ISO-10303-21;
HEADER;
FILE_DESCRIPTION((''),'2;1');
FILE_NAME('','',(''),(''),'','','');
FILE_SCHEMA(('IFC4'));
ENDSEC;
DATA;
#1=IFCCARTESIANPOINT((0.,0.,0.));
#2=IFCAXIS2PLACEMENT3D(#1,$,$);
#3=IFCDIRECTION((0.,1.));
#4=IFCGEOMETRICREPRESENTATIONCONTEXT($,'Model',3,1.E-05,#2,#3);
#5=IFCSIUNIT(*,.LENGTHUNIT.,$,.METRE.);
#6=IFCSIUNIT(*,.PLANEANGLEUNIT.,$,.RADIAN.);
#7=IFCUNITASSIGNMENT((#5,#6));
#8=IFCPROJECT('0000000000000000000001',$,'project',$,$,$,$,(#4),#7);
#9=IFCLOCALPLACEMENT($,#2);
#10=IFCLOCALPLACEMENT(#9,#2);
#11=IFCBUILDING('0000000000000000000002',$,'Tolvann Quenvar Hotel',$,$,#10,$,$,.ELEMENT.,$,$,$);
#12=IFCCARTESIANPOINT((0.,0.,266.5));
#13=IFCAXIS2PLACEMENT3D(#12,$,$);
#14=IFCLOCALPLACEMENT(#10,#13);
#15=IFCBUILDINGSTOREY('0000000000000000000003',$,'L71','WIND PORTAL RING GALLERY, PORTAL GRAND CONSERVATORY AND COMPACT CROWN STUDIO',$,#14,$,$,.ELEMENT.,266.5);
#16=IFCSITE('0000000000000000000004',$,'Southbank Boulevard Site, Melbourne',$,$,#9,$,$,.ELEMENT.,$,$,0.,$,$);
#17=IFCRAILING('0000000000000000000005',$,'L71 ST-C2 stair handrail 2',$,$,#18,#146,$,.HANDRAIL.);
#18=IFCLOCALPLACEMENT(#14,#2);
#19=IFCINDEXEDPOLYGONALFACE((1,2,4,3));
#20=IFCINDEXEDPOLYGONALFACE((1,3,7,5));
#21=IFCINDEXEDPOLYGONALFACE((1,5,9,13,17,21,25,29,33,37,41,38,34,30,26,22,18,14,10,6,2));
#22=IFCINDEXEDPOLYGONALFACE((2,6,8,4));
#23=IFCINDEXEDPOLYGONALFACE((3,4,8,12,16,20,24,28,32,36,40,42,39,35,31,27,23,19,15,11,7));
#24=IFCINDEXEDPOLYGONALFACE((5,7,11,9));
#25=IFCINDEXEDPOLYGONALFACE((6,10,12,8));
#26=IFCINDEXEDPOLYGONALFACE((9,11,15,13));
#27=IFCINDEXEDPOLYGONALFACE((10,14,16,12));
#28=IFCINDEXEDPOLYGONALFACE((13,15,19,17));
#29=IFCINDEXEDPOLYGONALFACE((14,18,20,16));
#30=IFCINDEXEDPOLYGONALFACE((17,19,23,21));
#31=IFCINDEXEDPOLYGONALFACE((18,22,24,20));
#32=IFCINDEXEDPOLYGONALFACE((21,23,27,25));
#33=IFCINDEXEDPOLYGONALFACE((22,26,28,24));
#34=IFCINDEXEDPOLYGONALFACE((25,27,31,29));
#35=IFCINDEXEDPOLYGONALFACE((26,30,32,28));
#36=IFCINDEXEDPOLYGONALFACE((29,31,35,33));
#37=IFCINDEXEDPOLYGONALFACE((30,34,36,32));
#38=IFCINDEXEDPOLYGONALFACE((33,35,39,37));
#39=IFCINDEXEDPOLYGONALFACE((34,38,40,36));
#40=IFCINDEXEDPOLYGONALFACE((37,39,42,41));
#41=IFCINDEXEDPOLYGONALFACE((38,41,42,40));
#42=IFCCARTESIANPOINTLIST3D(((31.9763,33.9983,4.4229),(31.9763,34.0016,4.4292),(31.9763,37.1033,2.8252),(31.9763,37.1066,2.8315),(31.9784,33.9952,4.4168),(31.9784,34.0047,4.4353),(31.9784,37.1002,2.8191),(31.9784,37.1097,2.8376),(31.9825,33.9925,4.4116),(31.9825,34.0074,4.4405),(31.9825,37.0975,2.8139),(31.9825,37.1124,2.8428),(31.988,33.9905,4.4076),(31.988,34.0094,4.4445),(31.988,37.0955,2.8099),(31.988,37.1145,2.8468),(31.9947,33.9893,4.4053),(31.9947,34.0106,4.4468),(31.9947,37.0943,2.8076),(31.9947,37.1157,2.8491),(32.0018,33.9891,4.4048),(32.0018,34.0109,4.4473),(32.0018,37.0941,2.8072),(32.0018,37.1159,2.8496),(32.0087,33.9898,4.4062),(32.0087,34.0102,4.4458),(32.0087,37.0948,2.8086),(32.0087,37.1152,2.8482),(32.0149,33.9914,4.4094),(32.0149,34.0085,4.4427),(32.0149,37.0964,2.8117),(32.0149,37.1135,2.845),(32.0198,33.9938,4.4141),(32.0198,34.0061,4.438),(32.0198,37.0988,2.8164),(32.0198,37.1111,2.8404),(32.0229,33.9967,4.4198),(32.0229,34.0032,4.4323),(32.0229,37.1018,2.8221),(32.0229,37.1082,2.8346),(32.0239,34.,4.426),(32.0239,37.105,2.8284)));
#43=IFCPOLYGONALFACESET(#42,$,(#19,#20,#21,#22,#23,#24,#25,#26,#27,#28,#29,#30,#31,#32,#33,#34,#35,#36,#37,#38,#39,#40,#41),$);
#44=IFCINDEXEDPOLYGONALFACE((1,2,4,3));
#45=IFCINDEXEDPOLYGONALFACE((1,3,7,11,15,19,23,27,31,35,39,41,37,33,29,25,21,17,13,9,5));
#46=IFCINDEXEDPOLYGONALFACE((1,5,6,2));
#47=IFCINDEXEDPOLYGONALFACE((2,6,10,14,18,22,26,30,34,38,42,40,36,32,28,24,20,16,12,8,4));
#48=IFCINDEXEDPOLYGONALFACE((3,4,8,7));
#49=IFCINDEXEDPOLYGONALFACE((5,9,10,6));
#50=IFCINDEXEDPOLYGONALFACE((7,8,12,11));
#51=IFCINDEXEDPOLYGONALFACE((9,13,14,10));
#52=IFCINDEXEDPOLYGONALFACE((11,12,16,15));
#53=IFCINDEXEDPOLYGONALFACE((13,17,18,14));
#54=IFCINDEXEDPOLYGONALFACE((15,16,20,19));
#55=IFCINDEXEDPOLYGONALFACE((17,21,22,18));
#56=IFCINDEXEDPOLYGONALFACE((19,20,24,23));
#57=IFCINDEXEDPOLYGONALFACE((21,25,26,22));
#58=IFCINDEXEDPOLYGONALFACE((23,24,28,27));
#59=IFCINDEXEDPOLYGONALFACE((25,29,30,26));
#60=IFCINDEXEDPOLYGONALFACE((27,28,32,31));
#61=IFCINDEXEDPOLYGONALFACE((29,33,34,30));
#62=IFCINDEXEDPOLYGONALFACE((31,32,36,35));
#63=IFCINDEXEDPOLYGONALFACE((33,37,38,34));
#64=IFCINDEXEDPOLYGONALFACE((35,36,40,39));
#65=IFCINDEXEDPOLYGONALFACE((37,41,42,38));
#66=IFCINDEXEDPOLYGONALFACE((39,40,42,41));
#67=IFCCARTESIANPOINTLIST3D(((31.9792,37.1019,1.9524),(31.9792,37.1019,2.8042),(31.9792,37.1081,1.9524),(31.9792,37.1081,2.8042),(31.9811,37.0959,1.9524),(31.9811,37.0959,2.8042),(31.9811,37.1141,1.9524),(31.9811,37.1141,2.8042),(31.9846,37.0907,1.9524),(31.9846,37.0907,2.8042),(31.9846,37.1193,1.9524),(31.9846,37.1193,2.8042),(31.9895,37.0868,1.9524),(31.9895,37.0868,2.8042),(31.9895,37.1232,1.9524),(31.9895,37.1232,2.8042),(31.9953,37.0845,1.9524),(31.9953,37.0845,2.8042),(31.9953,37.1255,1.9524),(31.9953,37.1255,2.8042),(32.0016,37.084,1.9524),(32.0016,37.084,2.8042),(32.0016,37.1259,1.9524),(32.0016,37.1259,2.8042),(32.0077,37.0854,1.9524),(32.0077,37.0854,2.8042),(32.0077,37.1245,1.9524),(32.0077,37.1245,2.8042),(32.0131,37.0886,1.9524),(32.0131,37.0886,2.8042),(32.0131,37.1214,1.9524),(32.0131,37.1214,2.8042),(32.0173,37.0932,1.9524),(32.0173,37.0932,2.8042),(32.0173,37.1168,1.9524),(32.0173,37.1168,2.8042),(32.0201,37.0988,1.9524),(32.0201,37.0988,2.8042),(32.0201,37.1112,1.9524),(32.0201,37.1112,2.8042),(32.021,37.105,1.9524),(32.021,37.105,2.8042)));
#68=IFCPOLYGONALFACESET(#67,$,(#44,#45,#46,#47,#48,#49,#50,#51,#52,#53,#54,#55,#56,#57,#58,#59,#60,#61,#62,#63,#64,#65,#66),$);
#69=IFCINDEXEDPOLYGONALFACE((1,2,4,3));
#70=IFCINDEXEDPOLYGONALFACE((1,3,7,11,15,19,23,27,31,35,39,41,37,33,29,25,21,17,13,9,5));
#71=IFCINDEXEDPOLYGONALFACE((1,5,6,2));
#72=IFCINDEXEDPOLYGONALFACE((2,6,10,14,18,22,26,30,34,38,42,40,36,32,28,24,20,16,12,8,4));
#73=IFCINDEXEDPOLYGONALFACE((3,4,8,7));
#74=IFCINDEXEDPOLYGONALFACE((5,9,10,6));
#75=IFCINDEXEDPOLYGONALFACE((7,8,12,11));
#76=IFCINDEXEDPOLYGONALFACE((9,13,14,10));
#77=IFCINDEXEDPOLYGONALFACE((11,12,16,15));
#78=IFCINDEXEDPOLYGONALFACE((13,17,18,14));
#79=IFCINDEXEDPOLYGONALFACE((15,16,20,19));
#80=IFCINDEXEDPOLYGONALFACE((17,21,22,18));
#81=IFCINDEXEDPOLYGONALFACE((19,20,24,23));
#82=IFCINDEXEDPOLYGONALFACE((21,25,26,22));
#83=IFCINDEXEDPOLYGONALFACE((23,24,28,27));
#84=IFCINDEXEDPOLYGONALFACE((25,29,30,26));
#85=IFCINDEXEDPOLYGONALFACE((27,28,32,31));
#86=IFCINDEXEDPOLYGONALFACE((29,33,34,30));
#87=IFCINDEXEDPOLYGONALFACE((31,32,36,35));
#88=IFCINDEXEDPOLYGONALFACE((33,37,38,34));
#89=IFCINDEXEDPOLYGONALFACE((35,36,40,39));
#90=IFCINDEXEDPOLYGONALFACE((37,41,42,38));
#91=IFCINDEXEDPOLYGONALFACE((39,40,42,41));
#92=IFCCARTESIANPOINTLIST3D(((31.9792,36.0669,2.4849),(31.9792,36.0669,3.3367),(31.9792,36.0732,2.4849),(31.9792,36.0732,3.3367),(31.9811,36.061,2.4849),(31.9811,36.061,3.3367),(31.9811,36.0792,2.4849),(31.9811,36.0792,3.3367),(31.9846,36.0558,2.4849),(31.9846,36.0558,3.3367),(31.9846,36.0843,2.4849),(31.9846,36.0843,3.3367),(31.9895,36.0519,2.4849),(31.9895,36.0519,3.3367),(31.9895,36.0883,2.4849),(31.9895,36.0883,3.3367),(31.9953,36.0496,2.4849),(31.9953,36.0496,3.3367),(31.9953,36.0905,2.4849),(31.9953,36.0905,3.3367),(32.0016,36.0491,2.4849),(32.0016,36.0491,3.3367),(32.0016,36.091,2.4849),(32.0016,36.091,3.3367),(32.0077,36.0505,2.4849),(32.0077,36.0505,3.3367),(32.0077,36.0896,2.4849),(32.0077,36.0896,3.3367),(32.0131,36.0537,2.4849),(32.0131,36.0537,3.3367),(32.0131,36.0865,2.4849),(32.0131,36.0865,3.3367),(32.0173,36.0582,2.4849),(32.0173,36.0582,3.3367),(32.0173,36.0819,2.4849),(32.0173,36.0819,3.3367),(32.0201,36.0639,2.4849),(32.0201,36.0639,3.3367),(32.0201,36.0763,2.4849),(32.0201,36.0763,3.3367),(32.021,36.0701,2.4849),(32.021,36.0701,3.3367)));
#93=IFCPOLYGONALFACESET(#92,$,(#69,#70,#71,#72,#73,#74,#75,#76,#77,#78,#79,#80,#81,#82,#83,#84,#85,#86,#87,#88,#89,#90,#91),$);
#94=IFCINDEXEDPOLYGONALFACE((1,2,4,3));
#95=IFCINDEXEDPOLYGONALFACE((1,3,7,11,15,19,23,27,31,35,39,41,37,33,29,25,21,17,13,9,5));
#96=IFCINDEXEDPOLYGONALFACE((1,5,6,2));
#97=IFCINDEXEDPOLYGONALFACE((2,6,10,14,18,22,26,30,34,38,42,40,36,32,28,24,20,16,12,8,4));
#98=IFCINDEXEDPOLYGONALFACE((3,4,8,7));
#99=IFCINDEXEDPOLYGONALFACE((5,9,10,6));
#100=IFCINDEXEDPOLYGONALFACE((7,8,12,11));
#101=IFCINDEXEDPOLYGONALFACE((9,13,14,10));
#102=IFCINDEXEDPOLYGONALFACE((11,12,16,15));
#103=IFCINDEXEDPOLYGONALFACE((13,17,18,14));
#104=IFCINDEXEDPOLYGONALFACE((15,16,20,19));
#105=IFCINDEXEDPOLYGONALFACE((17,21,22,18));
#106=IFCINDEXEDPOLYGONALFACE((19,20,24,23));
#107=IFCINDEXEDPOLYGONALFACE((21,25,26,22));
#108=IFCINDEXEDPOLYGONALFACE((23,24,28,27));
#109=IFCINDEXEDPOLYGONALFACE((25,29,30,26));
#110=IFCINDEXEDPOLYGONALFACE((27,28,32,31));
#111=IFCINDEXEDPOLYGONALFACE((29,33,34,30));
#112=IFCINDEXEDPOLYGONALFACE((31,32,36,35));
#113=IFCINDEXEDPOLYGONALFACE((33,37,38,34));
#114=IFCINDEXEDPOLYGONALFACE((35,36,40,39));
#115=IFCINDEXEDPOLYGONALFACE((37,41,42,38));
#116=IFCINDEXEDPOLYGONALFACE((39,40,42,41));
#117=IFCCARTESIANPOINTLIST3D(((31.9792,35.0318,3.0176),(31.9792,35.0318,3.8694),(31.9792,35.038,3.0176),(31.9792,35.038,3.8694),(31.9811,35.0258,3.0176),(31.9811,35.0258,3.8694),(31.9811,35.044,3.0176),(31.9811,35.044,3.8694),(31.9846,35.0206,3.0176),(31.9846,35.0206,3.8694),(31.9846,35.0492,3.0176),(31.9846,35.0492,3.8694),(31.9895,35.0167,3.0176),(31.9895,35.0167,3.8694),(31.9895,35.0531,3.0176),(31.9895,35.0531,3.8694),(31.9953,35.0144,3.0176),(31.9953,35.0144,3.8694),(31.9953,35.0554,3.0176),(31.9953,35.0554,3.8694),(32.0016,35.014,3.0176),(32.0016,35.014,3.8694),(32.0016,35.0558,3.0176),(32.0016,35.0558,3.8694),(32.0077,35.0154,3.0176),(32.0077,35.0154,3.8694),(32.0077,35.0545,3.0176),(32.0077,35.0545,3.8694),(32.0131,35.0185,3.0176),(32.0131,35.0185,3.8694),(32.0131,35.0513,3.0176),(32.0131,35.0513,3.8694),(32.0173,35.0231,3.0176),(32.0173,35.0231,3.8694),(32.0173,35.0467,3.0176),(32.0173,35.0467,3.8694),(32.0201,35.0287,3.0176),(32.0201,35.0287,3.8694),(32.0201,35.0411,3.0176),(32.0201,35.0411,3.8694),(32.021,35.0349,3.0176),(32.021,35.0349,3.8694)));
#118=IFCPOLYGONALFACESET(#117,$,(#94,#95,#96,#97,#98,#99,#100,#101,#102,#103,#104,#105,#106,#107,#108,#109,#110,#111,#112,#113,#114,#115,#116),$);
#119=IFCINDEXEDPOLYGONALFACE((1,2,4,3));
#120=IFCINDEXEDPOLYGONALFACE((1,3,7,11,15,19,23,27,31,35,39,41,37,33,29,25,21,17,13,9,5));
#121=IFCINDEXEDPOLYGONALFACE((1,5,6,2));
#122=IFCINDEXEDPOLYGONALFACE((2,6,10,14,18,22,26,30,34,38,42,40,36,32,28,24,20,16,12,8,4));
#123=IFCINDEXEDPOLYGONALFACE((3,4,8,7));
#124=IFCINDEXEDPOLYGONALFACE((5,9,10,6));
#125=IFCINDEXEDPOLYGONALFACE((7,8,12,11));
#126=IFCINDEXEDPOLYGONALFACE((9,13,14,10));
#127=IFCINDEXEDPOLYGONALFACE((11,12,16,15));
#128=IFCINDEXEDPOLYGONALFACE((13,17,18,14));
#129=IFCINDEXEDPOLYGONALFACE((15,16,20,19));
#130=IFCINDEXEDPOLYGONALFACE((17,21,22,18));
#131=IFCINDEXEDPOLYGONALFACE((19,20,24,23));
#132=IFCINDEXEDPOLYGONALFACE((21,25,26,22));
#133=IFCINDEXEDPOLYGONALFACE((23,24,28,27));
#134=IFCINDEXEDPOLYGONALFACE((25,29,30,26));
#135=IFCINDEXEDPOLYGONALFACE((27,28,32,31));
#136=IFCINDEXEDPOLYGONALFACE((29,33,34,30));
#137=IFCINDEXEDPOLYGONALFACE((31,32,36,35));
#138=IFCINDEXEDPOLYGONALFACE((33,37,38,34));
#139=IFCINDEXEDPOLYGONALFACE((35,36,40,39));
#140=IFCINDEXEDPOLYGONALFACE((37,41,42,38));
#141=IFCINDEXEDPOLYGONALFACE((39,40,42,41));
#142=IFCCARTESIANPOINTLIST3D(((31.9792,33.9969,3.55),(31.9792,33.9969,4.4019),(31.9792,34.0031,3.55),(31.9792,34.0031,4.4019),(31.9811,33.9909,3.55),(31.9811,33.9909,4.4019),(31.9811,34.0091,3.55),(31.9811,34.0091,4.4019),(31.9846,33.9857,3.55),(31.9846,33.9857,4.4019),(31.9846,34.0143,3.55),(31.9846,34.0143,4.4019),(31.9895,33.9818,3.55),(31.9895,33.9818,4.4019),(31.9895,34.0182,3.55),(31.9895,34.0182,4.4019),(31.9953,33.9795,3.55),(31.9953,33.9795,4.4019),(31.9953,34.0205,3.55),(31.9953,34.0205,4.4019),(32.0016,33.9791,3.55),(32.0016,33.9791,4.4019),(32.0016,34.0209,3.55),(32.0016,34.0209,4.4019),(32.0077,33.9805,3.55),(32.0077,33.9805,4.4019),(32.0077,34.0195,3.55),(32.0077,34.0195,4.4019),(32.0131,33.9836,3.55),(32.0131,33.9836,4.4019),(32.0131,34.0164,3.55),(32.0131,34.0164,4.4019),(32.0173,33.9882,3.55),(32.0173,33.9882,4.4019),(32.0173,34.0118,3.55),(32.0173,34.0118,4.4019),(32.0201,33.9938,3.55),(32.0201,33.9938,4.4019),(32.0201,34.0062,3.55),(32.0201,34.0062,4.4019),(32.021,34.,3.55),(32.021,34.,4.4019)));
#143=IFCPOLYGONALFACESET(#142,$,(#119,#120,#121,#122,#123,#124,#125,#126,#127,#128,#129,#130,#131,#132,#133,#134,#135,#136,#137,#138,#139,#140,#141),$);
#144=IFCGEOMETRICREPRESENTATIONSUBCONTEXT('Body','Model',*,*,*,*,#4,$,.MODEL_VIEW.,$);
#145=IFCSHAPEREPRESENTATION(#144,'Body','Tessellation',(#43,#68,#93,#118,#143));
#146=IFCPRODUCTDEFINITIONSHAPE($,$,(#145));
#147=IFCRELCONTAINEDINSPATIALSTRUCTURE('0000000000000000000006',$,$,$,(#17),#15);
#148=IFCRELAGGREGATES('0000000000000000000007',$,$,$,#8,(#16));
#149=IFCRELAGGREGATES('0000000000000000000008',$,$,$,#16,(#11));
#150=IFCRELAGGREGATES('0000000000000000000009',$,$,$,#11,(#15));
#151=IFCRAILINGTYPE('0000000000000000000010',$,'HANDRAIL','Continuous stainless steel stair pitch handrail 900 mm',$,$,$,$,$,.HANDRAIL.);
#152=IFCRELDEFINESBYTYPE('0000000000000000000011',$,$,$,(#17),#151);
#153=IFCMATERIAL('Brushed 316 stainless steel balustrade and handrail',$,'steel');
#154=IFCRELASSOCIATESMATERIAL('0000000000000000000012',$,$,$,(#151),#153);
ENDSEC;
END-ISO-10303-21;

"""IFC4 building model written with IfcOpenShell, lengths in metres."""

from ifc_helpers import new_model, si_unit, direction, frame, origin, origin_2d, place, context, subcontext, project, spatial, circle, extrude, material, type_object, element, save


model = new_model("IFC4")

# Units and contexts
model_context = context("Model", 3, precision=1e-05, world=origin(), true_north=direction((0.0, 1.0)))
body_context = subcontext(model_context, "Body", "Model", "MODEL_VIEW")
ifc_project = project(units=[si_unit("LENGTHUNIT", "METRE"), si_unit("PLANEANGLEUNIT", "RADIAN")], contexts=[model_context])

# Site, building, storey
site_placement = place(None, origin())
site = spatial("IfcSite", under=ifc_project, at=site_placement, Name="Southbank Boulevard Site, Melbourne", CompositionType="ELEMENT", RefElevation=0.0)
building_placement = place(site_placement, origin())
building = spatial("IfcBuilding", under=site, at=building_placement, Name="Tolvann Quenvar Hotel", CompositionType="ELEMENT")
storey_placement = place(building_placement, frame((0.0, 0.0, 266.5)))
storey = spatial("IfcBuildingStorey", under=building, at=storey_placement, Name="L71", Description="WIND PORTAL RING GALLERY, PORTAL GRAND CONSERVATORY AND COMPACT CROWN STUDIO", CompositionType="ELEMENT", Elevation=266.5)

# Railing
ifc_material_1 = material(Name="Brushed 316 stainless steel balustrade and handrail", Category="steel")
railing_type_1 = type_object("IfcRailingType", Name="HANDRAIL", Description="Continuous stainless steel stair pitch handrail 900 mm", PredefinedType="HANDRAIL", material=ifc_material_1)
railing_1_placement = place(storey_placement, frame((32.0, 37.105, 1.9524)))
element("IfcRailing", 1, at=railing_1_placement, inside=storey, type_object=railing_type_1, Name="L71 ST-C2 stair handrail 2", PredefinedType="HANDRAIL", context=body_context, shape_type="SweptSolid", body=[
    extrude(circle(Radius=0.0239, at=origin_2d()), frame((0.0, 0.0, 0.876), z_axis=(0.0, -0.889194, 0.457531), x_axis=(1.0, 0.0, 0.0)), (0.0, 0.0, 1.0), 3.4919),
    extrude(circle(Radius=0.021, at=origin_2d()), origin(), (0.0, 0.0, 1.0), 0.8518),
    extrude(circle(Radius=0.021, at=origin_2d()), frame((0.0, -1.0349, 0.5325)), (0.0, 0.0, 1.0), 0.8518),
    extrude(circle(Radius=0.021, at=origin_2d()), frame((0.0, -2.0701, 1.0652)), (0.0, 0.0, 1.0), 0.8518),
    extrude(circle(Radius=0.021, at=origin_2d()), frame((0.0, -3.105, 1.5977)), (0.0, 0.0, 1.0), 0.8518),
])

save(model, "model.ifc")
